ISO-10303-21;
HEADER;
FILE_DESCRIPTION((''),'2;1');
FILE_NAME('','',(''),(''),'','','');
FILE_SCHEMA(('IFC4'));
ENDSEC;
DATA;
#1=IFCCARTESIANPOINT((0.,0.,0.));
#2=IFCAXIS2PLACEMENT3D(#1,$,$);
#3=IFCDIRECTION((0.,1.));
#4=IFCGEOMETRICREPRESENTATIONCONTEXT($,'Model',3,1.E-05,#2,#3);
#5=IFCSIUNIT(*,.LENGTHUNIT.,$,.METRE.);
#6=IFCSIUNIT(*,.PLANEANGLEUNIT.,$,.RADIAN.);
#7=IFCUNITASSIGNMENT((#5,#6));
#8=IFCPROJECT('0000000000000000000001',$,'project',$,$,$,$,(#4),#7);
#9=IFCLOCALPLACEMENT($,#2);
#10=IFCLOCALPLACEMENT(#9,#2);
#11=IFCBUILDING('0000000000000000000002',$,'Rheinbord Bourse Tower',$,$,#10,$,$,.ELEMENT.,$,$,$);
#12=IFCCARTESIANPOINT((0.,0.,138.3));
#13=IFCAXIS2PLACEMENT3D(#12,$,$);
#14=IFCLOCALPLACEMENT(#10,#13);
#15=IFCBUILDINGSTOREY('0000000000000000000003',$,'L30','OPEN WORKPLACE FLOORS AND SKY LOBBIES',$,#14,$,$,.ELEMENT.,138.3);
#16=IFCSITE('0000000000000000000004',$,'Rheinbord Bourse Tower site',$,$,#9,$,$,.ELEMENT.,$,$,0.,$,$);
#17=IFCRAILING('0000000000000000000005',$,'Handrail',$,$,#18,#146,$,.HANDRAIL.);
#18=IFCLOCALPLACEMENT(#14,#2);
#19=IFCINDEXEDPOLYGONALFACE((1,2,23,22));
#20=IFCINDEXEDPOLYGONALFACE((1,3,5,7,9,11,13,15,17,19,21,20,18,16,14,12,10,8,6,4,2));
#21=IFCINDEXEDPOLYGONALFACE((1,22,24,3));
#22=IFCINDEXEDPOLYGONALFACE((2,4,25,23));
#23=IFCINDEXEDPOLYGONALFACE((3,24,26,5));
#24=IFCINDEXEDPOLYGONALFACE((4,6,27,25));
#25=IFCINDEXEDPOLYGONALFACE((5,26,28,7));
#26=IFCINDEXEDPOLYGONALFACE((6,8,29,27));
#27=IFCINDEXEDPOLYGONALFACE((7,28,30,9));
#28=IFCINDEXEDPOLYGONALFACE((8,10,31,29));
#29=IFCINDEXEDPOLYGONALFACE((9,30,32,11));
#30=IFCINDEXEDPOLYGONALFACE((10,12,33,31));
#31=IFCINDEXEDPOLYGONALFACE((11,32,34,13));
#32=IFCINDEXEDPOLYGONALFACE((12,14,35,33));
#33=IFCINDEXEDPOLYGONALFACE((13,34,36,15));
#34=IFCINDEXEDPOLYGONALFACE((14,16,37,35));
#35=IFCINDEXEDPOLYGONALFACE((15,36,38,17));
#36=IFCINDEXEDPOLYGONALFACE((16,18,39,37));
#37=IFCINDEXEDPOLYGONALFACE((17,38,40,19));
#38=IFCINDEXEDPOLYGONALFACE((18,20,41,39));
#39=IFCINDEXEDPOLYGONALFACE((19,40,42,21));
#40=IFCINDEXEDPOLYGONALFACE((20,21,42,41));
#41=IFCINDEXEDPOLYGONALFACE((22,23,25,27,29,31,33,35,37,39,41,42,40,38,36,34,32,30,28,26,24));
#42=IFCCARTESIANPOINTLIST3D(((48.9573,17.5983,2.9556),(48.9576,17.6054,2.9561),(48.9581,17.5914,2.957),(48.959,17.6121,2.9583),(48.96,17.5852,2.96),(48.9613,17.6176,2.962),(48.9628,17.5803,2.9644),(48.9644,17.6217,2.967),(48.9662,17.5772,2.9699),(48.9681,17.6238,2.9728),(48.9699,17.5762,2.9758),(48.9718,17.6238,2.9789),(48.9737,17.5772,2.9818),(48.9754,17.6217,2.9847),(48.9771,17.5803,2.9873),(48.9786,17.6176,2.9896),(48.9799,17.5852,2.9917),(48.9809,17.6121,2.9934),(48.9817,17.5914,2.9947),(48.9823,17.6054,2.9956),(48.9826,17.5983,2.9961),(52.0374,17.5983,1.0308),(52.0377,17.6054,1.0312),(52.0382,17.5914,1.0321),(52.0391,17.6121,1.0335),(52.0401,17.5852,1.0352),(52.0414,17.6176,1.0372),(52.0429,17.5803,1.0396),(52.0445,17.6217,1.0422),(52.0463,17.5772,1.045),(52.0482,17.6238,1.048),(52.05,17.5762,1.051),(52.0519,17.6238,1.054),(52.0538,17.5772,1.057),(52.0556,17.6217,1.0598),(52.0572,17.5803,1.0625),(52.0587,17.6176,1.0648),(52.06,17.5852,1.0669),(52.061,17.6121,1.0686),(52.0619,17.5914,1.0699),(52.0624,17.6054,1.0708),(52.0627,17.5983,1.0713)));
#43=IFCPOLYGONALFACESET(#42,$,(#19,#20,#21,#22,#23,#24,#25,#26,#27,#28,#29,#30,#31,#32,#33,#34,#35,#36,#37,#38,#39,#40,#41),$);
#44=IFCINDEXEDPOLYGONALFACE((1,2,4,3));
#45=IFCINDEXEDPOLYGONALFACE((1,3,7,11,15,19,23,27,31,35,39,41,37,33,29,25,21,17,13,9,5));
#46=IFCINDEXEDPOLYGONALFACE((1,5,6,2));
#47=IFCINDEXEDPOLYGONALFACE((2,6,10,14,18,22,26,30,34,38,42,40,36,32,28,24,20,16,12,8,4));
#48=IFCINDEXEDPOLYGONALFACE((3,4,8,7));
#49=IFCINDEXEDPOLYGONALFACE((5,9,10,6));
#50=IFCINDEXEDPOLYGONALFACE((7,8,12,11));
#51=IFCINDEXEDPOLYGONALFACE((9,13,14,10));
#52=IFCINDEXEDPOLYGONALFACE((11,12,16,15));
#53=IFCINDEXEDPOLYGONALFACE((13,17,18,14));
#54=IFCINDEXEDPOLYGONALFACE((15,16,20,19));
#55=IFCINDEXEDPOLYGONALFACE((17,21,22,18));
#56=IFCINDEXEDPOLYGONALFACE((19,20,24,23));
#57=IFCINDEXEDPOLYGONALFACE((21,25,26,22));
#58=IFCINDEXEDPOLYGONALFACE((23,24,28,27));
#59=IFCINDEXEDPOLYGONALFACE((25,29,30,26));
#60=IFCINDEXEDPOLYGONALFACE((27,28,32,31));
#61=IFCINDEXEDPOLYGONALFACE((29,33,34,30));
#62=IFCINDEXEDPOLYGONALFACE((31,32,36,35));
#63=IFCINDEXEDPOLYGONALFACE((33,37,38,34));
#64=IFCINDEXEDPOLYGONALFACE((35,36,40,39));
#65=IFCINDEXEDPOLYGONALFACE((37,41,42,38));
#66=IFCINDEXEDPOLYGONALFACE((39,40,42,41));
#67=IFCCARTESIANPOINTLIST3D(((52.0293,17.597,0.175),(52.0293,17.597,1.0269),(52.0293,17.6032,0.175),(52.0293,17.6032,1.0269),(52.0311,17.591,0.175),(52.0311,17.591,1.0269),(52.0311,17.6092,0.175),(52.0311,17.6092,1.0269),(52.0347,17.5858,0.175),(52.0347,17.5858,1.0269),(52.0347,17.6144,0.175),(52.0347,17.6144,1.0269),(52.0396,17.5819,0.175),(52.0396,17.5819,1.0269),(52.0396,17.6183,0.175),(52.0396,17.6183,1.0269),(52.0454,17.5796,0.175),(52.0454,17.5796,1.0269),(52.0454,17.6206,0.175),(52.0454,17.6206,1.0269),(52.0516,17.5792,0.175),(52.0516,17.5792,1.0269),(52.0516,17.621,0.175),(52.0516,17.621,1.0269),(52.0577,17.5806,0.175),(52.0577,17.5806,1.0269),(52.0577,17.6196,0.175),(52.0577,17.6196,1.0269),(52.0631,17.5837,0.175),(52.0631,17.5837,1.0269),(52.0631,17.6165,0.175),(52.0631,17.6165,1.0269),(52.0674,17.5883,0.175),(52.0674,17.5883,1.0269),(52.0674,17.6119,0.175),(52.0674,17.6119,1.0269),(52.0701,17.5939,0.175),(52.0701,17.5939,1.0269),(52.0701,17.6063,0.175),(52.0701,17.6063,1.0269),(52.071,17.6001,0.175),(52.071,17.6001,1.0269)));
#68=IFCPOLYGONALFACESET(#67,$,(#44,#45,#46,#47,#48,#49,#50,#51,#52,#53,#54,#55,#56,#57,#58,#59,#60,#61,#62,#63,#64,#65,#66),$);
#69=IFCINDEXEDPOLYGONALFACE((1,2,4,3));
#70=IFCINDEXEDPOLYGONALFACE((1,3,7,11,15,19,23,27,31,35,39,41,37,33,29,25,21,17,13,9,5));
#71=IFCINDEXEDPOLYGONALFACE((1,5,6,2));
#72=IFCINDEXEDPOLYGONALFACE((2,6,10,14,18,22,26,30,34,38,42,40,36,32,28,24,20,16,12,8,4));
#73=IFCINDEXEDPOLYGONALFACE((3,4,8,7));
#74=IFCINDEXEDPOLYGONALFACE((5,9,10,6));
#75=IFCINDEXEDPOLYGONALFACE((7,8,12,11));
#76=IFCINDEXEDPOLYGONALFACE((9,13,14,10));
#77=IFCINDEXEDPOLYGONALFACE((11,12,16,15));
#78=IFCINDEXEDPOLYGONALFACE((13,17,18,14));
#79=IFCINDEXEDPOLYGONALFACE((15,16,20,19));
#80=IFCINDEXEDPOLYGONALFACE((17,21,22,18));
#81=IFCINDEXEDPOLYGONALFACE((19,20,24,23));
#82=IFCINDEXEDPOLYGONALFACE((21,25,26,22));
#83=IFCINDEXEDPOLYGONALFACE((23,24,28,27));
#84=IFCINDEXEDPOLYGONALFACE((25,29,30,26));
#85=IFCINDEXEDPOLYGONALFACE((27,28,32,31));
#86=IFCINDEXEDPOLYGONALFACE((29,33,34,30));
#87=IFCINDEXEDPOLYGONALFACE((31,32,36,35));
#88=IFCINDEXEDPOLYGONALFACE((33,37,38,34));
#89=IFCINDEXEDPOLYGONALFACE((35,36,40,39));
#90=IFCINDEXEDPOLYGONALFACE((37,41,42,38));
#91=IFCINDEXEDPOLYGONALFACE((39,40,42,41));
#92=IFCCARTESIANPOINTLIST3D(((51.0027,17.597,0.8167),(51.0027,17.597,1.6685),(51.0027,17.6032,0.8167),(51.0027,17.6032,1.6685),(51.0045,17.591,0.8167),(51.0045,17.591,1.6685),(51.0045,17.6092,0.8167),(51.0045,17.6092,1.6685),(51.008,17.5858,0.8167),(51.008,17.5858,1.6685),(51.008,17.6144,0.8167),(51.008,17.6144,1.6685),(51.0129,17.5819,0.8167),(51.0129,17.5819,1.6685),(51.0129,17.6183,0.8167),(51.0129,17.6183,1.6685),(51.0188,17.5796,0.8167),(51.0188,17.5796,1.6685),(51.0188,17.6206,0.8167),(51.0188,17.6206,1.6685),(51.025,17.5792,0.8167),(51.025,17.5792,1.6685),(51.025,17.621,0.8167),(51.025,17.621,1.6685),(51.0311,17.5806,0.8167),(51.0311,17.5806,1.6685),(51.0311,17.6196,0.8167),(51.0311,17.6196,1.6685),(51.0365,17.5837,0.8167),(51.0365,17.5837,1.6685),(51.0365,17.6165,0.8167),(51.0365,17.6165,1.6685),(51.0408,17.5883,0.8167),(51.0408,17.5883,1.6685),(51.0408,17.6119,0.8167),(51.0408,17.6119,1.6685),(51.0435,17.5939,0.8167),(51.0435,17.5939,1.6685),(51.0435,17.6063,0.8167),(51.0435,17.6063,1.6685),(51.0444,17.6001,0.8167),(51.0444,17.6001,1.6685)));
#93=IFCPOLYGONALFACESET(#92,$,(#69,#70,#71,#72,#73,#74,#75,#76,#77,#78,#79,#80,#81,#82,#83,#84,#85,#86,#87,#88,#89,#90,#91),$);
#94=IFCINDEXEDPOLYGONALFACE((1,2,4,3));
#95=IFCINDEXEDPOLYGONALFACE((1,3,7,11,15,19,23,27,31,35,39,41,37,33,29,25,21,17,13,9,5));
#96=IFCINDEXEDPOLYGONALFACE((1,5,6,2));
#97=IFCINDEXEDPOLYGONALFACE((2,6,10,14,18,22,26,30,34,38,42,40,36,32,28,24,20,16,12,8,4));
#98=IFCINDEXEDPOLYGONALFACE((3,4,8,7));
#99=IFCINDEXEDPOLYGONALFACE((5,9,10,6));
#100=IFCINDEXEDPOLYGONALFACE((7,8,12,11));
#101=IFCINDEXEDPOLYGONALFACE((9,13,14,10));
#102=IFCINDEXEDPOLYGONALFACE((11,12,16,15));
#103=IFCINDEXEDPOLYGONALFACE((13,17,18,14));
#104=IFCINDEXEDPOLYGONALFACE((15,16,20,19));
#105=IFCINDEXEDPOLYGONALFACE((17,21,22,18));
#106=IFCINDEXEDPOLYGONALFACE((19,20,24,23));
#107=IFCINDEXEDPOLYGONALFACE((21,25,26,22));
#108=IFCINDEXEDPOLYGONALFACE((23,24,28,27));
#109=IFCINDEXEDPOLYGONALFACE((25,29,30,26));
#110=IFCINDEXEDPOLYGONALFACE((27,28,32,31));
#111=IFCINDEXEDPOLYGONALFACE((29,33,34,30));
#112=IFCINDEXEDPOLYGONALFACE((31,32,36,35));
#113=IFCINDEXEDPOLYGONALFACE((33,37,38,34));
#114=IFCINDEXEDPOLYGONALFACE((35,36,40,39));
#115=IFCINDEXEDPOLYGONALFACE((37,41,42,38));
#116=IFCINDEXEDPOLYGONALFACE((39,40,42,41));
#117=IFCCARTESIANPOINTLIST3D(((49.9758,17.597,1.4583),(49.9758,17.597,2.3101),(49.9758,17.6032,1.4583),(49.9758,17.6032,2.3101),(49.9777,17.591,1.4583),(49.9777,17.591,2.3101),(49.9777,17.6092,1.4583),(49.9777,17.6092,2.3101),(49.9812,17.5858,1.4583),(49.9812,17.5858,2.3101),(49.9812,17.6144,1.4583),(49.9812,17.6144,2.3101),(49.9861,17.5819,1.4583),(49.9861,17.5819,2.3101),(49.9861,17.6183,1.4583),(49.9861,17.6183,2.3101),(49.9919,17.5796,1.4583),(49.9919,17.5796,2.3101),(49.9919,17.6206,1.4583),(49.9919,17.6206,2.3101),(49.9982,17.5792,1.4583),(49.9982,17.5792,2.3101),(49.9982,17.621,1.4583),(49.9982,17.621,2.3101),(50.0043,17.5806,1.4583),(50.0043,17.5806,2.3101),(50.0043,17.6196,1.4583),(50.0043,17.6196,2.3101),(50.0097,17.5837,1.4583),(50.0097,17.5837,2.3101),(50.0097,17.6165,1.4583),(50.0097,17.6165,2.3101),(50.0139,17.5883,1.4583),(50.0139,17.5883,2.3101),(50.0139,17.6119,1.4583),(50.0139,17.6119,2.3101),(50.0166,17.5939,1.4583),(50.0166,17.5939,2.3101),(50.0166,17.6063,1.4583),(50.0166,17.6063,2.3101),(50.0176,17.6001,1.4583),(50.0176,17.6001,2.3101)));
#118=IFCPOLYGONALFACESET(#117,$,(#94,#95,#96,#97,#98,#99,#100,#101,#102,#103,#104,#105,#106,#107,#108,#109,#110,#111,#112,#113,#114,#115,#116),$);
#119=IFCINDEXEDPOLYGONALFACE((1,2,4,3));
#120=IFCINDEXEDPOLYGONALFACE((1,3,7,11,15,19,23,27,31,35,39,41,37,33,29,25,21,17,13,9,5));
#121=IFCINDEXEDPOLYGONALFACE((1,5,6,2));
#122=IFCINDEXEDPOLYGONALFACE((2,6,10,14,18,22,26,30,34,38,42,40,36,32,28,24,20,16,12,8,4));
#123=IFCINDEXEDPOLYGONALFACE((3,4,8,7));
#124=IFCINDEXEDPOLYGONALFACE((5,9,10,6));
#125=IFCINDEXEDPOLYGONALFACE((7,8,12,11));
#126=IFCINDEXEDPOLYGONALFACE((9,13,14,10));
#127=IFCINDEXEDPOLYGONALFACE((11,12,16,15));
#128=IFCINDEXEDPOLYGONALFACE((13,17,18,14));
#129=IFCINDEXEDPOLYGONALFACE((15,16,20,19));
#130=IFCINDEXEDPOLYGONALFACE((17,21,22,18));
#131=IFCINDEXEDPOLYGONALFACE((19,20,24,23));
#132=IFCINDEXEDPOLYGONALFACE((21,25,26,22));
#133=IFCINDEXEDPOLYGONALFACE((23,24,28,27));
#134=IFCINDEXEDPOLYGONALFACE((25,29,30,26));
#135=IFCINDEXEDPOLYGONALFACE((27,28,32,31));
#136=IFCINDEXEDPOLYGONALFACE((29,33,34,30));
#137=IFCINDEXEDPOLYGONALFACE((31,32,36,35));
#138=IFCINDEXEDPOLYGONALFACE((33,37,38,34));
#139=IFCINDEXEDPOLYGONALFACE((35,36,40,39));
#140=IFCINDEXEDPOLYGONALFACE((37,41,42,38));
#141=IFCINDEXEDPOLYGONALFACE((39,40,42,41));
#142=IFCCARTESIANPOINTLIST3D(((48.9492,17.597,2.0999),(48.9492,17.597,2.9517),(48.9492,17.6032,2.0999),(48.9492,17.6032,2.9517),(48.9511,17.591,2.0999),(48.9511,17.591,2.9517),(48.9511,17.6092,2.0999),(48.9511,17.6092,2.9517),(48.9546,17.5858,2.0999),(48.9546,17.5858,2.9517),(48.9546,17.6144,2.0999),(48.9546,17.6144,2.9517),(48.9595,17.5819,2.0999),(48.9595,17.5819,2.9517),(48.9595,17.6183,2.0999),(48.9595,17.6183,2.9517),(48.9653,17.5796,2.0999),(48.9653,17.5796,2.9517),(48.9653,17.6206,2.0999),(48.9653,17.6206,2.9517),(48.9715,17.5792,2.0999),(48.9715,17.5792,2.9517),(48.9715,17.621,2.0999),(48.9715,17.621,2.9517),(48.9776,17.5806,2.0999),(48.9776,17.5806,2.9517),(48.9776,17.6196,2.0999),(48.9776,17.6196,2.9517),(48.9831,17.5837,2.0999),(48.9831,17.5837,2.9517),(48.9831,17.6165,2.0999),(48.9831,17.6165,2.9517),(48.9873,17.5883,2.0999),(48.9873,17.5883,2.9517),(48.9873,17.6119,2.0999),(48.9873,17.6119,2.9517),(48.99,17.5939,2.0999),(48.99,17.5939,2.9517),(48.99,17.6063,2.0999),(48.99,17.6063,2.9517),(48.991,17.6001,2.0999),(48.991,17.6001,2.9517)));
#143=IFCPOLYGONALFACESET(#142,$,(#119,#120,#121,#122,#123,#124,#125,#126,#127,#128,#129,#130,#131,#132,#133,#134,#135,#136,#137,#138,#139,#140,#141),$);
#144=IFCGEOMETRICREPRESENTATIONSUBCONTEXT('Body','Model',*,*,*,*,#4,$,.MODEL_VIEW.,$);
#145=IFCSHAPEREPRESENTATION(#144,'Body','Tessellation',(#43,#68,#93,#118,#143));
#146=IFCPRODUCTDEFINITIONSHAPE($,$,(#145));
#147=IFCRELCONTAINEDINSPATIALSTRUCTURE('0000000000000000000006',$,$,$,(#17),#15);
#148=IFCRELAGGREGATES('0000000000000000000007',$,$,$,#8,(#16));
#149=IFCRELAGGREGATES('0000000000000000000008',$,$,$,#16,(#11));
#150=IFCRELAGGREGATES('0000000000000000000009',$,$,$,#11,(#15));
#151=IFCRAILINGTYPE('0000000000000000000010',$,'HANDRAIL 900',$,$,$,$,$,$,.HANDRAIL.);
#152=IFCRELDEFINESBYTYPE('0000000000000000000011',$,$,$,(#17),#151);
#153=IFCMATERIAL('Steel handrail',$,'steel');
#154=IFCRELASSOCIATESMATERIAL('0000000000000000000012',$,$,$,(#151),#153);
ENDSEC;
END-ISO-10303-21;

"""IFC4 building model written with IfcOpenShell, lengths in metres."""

from ifc_helpers import new_model, si_unit, direction, frame, origin, origin_2d, place, context, subcontext, project, spatial, circle, extrude, material, type_object, element, save


model = new_model("IFC4")

# Units and contexts
model_context = context("Model", 3, precision=1e-05, world=origin(), true_north=direction((0.0, 1.0)))
body_context = subcontext(model_context, "Body", "Model", "MODEL_VIEW")
ifc_project = project(units=[si_unit("LENGTHUNIT", "METRE"), si_unit("PLANEANGLEUNIT", "RADIAN")], contexts=[model_context])

# Site, building, storey
site_placement = place(None, origin())
site = spatial("IfcSite", under=ifc_project, at=site_placement, Name="Rheinbord Bourse Tower site", CompositionType="ELEMENT", RefElevation=0.0)
building_placement = place(site_placement, origin())
building = spatial("IfcBuilding", under=site, at=building_placement, Name="Rheinbord Bourse Tower", CompositionType="ELEMENT")
storey_placement = place(building_placement, frame((0.0, 0.0, 138.3)))
storey = spatial("IfcBuildingStorey", under=building, at=storey_placement, Name="L30", Description="OPEN WORKPLACE FLOORS AND SKY LOBBIES", CompositionType="ELEMENT", Elevation=138.3)

# Railing
ifc_material_1 = material(Name="Steel handrail", Category="steel")
railing_type = type_object("IfcRailingType", Name="HANDRAIL 900", PredefinedType="HANDRAIL", material=ifc_material_1)
railing_1_placement = place(storey_placement, frame((52.05, 17.6001, 0.175)))
element("IfcRailing", 1, at=railing_1_placement, inside=storey, type_object=railing_type, Name="Handrail", PredefinedType="HANDRAIL", context=body_context, shape_type="SweptSolid", body=[
    extrude(circle(Radius=0.0239, at=origin_2d()), frame((0.0, 0.0, 0.876), z_axis=(-0.848029, 0.0, 0.529951), x_axis=(0.0, -1.0, 0.0)), (0.0, 0.0, 1.0), 3.6321),
    extrude(circle(Radius=0.021, at=origin_2d()), origin(), (0.0, 0.0, 1.0), 0.8518),
    extrude(circle(Radius=0.021, at=origin_2d()), frame((-1.0266, 0.0, 0.6416)), (0.0, 0.0, 1.0), 0.8518),
    extrude(circle(Radius=0.021, at=origin_2d()), frame((-2.0535, 0.0, 1.2832)), (0.0, 0.0, 1.0), 0.8518),
    extrude(circle(Radius=0.021, at=origin_2d()), frame((-3.0801, 0.0, 1.9248)), (0.0, 0.0, 1.0), 0.8518),
])

save(model, "model.ifc")
